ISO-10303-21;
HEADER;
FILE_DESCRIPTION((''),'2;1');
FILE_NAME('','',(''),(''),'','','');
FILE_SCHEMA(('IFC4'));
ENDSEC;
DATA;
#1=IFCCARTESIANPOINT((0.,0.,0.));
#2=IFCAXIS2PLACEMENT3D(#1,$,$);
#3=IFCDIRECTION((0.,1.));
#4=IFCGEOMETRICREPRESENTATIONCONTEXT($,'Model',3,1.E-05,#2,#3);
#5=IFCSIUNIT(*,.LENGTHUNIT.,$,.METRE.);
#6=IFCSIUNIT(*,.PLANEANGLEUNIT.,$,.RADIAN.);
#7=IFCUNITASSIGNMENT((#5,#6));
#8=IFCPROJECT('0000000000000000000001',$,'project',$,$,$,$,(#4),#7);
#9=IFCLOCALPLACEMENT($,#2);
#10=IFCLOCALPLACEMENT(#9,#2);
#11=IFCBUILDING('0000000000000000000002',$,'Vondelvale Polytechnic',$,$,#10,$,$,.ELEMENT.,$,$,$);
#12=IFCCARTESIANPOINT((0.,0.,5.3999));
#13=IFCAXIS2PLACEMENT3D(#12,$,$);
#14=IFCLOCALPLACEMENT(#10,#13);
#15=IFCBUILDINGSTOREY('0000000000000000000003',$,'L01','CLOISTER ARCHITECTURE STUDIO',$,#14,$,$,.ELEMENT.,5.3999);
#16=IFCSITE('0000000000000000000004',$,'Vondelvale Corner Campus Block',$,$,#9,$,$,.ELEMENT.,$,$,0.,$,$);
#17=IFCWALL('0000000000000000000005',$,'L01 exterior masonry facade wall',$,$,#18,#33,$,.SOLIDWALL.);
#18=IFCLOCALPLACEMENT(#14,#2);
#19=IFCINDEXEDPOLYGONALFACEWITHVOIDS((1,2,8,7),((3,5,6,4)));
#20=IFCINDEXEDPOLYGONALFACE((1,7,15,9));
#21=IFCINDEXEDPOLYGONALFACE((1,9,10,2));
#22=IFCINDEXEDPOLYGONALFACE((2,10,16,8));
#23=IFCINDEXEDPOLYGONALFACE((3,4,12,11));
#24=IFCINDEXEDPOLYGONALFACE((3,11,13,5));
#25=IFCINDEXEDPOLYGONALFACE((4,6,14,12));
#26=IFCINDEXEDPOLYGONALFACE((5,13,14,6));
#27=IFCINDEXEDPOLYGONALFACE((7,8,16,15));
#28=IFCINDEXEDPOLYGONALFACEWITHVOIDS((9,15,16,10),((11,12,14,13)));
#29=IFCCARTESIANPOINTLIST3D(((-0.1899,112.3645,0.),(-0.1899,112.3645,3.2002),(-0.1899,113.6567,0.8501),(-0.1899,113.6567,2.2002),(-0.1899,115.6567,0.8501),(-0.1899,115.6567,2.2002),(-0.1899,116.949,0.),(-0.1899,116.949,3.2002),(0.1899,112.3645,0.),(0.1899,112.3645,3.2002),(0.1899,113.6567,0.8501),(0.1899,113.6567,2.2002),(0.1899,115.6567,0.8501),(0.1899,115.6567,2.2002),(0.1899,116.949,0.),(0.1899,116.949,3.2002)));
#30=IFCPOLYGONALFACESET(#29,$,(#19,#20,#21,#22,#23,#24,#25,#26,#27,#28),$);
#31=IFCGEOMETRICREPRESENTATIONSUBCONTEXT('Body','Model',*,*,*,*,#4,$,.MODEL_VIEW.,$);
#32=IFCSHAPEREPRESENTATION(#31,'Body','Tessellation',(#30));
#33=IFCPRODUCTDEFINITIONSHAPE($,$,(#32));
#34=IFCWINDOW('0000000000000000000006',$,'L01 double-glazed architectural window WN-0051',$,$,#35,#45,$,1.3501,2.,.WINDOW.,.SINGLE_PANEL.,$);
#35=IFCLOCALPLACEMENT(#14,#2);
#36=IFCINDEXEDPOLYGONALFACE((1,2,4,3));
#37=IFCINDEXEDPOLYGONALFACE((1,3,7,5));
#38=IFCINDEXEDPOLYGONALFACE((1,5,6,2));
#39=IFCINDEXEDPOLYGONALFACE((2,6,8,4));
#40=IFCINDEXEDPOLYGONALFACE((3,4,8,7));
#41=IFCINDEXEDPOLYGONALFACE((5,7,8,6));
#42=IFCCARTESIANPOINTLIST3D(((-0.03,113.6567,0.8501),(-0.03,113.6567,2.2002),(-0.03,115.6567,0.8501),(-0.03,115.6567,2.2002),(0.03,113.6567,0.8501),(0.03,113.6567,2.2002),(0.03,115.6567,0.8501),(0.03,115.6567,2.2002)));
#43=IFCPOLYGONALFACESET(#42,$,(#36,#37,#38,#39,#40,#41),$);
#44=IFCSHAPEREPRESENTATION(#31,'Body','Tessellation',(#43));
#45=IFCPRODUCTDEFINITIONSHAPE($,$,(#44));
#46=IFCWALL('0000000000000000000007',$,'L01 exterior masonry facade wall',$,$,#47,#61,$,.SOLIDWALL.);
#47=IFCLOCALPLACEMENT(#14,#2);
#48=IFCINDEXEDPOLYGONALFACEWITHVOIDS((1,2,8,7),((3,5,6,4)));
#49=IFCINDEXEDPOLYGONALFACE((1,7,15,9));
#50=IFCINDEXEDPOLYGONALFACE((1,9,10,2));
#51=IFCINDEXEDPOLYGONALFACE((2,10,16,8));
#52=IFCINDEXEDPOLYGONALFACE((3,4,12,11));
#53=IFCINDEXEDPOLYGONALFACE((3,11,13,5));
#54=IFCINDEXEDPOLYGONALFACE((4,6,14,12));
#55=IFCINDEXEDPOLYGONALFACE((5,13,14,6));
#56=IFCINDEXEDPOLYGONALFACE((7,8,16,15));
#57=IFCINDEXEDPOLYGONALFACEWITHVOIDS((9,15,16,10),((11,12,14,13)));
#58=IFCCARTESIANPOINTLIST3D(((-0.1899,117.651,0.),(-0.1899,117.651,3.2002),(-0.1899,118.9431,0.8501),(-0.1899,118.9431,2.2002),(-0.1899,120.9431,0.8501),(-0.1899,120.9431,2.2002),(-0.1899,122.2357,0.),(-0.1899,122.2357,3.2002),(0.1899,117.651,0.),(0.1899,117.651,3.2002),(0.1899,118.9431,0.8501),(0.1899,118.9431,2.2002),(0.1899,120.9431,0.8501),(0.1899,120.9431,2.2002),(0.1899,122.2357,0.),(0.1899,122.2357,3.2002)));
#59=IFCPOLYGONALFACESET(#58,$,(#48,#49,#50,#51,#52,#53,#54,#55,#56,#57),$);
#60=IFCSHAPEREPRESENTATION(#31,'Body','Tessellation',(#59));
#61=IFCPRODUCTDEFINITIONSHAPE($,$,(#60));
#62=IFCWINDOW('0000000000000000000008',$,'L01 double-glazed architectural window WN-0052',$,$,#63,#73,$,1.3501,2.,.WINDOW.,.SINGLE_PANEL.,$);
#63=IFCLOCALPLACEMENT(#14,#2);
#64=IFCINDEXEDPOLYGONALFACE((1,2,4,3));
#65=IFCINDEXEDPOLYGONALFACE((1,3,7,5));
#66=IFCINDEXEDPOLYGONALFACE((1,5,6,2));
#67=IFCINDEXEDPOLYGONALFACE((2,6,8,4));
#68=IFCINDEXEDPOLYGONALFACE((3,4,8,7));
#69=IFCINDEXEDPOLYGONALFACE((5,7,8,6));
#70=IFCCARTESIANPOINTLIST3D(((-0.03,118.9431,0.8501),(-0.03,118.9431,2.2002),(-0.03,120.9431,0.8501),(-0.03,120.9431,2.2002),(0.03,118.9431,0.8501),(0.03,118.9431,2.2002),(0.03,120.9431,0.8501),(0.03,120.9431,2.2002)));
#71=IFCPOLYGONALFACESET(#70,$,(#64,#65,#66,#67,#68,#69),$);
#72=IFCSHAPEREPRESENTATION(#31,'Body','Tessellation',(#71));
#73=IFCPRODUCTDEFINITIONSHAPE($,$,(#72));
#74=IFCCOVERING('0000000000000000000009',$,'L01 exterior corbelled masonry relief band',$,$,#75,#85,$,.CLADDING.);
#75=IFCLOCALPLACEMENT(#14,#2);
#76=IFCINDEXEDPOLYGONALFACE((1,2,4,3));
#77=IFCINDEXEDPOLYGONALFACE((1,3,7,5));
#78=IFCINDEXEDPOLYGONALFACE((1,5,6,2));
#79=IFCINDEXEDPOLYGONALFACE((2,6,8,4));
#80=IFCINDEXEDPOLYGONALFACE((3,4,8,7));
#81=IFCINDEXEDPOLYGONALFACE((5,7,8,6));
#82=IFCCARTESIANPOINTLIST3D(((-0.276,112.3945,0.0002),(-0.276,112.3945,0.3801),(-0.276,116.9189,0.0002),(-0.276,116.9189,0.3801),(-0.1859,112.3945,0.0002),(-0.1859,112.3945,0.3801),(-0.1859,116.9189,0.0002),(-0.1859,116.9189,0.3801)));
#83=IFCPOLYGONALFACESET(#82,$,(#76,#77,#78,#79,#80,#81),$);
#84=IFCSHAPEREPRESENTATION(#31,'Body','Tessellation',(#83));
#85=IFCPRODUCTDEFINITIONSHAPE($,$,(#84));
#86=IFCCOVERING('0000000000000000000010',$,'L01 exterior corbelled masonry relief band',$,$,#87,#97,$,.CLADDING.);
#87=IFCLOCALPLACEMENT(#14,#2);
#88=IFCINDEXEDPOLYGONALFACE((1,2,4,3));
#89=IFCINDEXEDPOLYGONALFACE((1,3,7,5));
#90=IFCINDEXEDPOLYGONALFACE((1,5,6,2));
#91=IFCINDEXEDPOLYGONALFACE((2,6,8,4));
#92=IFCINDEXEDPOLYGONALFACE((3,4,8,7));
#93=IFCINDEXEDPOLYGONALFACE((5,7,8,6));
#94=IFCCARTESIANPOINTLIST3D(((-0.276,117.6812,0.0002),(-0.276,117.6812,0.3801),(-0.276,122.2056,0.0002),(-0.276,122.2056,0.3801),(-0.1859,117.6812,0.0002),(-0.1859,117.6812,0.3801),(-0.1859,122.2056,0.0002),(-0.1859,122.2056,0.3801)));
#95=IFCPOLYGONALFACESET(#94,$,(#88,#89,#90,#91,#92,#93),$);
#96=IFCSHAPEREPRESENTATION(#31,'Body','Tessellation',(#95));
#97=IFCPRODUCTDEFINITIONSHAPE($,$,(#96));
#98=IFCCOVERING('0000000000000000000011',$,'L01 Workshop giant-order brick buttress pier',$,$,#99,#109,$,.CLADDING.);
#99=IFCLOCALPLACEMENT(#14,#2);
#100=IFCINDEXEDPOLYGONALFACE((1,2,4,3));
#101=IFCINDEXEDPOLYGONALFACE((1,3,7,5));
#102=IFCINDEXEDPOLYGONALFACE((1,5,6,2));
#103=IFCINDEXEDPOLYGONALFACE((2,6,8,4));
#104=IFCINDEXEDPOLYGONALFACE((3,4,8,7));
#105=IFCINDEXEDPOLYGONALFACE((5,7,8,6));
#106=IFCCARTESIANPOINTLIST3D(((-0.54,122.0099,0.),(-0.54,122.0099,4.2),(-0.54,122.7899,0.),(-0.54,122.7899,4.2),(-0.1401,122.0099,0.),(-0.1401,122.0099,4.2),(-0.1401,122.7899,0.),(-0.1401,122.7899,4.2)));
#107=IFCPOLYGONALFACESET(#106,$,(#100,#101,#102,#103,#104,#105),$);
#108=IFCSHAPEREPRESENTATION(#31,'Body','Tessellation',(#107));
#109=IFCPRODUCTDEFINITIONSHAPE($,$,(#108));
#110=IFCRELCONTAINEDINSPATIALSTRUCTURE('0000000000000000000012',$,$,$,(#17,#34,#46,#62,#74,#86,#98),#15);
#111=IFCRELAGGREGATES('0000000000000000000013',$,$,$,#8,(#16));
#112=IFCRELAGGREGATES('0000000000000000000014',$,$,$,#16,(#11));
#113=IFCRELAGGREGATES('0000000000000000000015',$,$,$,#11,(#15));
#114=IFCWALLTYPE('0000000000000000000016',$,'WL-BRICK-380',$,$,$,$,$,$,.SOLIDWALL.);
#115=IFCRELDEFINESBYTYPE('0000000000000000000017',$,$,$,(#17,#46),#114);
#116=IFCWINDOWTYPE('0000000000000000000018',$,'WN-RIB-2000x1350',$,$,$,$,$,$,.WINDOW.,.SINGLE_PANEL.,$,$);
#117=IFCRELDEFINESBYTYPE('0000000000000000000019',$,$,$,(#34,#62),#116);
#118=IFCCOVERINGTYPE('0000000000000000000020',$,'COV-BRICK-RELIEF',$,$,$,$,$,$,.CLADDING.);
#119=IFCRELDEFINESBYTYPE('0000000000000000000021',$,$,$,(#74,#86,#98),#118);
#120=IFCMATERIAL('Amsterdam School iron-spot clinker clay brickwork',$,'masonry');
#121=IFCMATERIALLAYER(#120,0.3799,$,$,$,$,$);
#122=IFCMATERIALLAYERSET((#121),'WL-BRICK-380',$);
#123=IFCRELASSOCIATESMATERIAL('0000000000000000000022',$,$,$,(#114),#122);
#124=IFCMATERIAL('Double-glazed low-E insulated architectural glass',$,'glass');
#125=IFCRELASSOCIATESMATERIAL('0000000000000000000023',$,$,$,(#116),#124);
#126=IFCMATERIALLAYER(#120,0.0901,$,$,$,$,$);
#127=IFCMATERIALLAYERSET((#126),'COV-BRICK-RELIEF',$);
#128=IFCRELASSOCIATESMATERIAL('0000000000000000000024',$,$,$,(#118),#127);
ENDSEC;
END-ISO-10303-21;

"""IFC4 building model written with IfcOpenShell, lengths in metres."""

from ifc_helpers import new_model, si_unit, direction, frame, frame_2d, origin, origin_2d, place, context, subcontext, project, spatial, rectangle, extrude, material, layer, layer_set, type_object, element, fill, save


model = new_model("IFC4")

# Units and contexts
model_context = context("Model", 3, precision=1e-05, world=origin(), true_north=direction((0.0, 1.0)))
body_context = subcontext(model_context, "Body", "Model", "MODEL_VIEW")
ifc_project = project(units=[si_unit("LENGTHUNIT", "METRE"), si_unit("PLANEANGLEUNIT", "RADIAN")], contexts=[model_context])

# Site, building, storey
site_placement = place(None, origin())
site = spatial("IfcSite", under=ifc_project, at=site_placement, Name="Vondelvale Corner Campus Block", CompositionType="ELEMENT", RefElevation=0.0)
building_placement = place(site_placement, origin())
building = spatial("IfcBuilding", under=site, at=building_placement, Name="Vondelvale Polytechnic", CompositionType="ELEMENT")
storey_placement = place(building_placement, frame((0.0, 0.0, 5.3999)))
storey = spatial("IfcBuildingStorey", under=building, at=storey_placement, Name="L01", Description="CLOISTER ARCHITECTURE STUDIO", CompositionType="ELEMENT", Elevation=5.3999)

# Shared definitions
ifc_material_1 = material(Name="Double-glazed low-E insulated architectural glass", Category="glass")

# Walls, openings, windows
ifc_material_2 = material(Name="Amsterdam School iron-spot clinker clay brickwork", Category="masonry")
ifc_layer_1 = layer(ifc_material_2, 0.3799)
ifc_layer_set_1 = layer_set([ifc_layer_1], Name="WL-BRICK-380")
wall_type = type_object("IfcWallType", Name="WL-BRICK-380", PredefinedType="SOLIDWALL", material=ifc_layer_set_1)
wall_1_placement = place(storey_placement, frame((0.0, 112.3645, 0.0), z_axis=(0.0, 0.0, 1.0), x_axis=(0.0, 1.0, 0.0)))
wall_1 = element("IfcWall", 1, at=wall_1_placement, inside=storey, type_object=wall_type, Name="L01 exterior masonry facade wall", PredefinedType="SOLIDWALL", context=body_context, shape_type="SweptSolid", body=[
    extrude(rectangle(XDim=4.5845, YDim=0.3799, at=frame_2d((2.2922, 0.0))), origin(), (0.0, 0.0, 1.0), 3.2002),
])
opening_1_placement = place(wall_1_placement, frame((1.2922, 0.0, 0.8501)))
opening_1 = element("IfcOpeningElement", 2, at=opening_1_placement, cuts=wall_1, PredefinedType="OPENING", context=body_context, shape_type="SweptSolid", body=[
    extrude(rectangle(XDim=2.0, YDim=1.3501, at=frame_2d((1.0, 0.675))), frame((0.0, 0.2, 0.0), z_axis=(0.0, -1.0, 0.0), x_axis=(1.0, 0.0, 0.0)), (0.0, 0.0, 1.0), 0.3999),
])
window_type = type_object("IfcWindowType", Name="WN-RIB-2000x1350", PartitioningType="SINGLE_PANEL", PredefinedType="WINDOW", material=ifc_material_1)
window_1_placement = place(opening_1_placement, origin())
window_1 = element("IfcWindow", 3, at=window_1_placement, inside=storey, type_object=window_type, Name="L01 double-glazed architectural window WN-0051", OverallHeight=1.3501, OverallWidth=2.0, PartitioningType="SINGLE_PANEL", PredefinedType="WINDOW", context=body_context, shape_type="SweptSolid", body=[
    extrude(rectangle(XDim=2.0, YDim=1.3501, at=frame_2d((1.0, 0.675))), frame((0.0, 0.03, 0.0), z_axis=(0.0, -1.0, 0.0), x_axis=(1.0, 0.0, 0.0)), (0.0, 0.0, 1.0), 0.0601),
])
fill(opening_1, window_1)
wall_2_placement = place(storey_placement, frame((0.0, 117.6509, 0.0), z_axis=(0.0, 0.0, 1.0), x_axis=(0.0, 1.0, 0.0)))
wall_2 = element("IfcWall", 4, at=wall_2_placement, inside=storey, type_object=wall_type, Name="L01 exterior masonry facade wall", PredefinedType="SOLIDWALL", context=body_context, shape_type="SweptSolid", body=[
    extrude(rectangle(XDim=4.5847, YDim=0.3799, at=frame_2d((2.2925, 0.0))), origin(), (0.0, 0.0, 1.0), 3.2002),
])
opening_2_placement = place(wall_2_placement, frame((1.2922, 0.0, 0.8501)))
opening_2 = element("IfcOpeningElement", 5, at=opening_2_placement, cuts=wall_2, PredefinedType="OPENING", context=body_context, shape_type="SweptSolid", body=[
    extrude(rectangle(XDim=2.0, YDim=1.3501, at=frame_2d((1.0, 0.675))), frame((0.0, 0.2, 0.0), z_axis=(0.0, -1.0, 0.0), x_axis=(1.0, 0.0, 0.0)), (0.0, 0.0, 1.0), 0.3999),
])
window_2_placement = place(opening_2_placement, origin())
window_2 = element("IfcWindow", 6, at=window_2_placement, inside=storey, type_object=window_type, Name="L01 double-glazed architectural window WN-0052", OverallHeight=1.3501, OverallWidth=2.0, PartitioningType="SINGLE_PANEL", PredefinedType="WINDOW", context=body_context, shape_type="SweptSolid", body=[
    extrude(rectangle(XDim=2.0, YDim=1.3501, at=frame_2d((1.0, 0.675))), frame((0.0, 0.03, 0.0), z_axis=(0.0, -1.0, 0.0), x_axis=(1.0, 0.0, 0.0)), (0.0, 0.0, 1.0), 0.0601),
])
fill(opening_2, window_2)

# Coverings
ifc_layer_2 = layer(ifc_material_2, 0.0901)
ifc_layer_set_2 = layer_set([ifc_layer_2], Name="COV-BRICK-RELIEF")
covering_type = type_object("IfcCoveringType", Name="COV-BRICK-RELIEF", PredefinedType="CLADDING", material=ifc_layer_set_2)
for number, where, z_axis, x_axis, name in (
    (7, (-0.231, 114.6567, 0.0002), (0.0, 0.0, 1.0), (0.0, 1.0, 0.0), "L01 exterior corbelled masonry relief band"),
    (8, (-0.231, 119.9434, 0.0002), (0.0, 0.0, 1.0), (0.0, 1.0, 0.0), "L01 exterior corbelled masonry relief band"),
):
    element("IfcCovering", number, at=place(storey_placement, frame(where, z_axis=z_axis, x_axis=x_axis)), inside=storey, type_object=covering_type, Name=name, PredefinedType="CLADDING", context=body_context, shape_type="SweptSolid", body=[
        extrude(rectangle(XDim=4.5244, YDim=0.0901, at=origin_2d()), origin(), (0.0, 0.0, 1.0), 0.3799),
    ])
covering_placement = place(storey_placement, frame((-0.3401, 122.3999, 0.0), z_axis=(0.0, 0.0, 1.0), x_axis=(1.0, 0.0, 0.0)))
element("IfcCovering", 9, at=covering_placement, inside=storey, type_object=covering_type, Name="L01 Workshop giant-order brick buttress pier", PredefinedType="CLADDING", context=body_context, shape_type="SweptSolid", body=[
    extrude(rectangle(XDim=0.3999, YDim=0.78, at=origin_2d()), origin(), (0.0, 0.0, 1.0), 4.2),
])

save(model, "model.ifc")
